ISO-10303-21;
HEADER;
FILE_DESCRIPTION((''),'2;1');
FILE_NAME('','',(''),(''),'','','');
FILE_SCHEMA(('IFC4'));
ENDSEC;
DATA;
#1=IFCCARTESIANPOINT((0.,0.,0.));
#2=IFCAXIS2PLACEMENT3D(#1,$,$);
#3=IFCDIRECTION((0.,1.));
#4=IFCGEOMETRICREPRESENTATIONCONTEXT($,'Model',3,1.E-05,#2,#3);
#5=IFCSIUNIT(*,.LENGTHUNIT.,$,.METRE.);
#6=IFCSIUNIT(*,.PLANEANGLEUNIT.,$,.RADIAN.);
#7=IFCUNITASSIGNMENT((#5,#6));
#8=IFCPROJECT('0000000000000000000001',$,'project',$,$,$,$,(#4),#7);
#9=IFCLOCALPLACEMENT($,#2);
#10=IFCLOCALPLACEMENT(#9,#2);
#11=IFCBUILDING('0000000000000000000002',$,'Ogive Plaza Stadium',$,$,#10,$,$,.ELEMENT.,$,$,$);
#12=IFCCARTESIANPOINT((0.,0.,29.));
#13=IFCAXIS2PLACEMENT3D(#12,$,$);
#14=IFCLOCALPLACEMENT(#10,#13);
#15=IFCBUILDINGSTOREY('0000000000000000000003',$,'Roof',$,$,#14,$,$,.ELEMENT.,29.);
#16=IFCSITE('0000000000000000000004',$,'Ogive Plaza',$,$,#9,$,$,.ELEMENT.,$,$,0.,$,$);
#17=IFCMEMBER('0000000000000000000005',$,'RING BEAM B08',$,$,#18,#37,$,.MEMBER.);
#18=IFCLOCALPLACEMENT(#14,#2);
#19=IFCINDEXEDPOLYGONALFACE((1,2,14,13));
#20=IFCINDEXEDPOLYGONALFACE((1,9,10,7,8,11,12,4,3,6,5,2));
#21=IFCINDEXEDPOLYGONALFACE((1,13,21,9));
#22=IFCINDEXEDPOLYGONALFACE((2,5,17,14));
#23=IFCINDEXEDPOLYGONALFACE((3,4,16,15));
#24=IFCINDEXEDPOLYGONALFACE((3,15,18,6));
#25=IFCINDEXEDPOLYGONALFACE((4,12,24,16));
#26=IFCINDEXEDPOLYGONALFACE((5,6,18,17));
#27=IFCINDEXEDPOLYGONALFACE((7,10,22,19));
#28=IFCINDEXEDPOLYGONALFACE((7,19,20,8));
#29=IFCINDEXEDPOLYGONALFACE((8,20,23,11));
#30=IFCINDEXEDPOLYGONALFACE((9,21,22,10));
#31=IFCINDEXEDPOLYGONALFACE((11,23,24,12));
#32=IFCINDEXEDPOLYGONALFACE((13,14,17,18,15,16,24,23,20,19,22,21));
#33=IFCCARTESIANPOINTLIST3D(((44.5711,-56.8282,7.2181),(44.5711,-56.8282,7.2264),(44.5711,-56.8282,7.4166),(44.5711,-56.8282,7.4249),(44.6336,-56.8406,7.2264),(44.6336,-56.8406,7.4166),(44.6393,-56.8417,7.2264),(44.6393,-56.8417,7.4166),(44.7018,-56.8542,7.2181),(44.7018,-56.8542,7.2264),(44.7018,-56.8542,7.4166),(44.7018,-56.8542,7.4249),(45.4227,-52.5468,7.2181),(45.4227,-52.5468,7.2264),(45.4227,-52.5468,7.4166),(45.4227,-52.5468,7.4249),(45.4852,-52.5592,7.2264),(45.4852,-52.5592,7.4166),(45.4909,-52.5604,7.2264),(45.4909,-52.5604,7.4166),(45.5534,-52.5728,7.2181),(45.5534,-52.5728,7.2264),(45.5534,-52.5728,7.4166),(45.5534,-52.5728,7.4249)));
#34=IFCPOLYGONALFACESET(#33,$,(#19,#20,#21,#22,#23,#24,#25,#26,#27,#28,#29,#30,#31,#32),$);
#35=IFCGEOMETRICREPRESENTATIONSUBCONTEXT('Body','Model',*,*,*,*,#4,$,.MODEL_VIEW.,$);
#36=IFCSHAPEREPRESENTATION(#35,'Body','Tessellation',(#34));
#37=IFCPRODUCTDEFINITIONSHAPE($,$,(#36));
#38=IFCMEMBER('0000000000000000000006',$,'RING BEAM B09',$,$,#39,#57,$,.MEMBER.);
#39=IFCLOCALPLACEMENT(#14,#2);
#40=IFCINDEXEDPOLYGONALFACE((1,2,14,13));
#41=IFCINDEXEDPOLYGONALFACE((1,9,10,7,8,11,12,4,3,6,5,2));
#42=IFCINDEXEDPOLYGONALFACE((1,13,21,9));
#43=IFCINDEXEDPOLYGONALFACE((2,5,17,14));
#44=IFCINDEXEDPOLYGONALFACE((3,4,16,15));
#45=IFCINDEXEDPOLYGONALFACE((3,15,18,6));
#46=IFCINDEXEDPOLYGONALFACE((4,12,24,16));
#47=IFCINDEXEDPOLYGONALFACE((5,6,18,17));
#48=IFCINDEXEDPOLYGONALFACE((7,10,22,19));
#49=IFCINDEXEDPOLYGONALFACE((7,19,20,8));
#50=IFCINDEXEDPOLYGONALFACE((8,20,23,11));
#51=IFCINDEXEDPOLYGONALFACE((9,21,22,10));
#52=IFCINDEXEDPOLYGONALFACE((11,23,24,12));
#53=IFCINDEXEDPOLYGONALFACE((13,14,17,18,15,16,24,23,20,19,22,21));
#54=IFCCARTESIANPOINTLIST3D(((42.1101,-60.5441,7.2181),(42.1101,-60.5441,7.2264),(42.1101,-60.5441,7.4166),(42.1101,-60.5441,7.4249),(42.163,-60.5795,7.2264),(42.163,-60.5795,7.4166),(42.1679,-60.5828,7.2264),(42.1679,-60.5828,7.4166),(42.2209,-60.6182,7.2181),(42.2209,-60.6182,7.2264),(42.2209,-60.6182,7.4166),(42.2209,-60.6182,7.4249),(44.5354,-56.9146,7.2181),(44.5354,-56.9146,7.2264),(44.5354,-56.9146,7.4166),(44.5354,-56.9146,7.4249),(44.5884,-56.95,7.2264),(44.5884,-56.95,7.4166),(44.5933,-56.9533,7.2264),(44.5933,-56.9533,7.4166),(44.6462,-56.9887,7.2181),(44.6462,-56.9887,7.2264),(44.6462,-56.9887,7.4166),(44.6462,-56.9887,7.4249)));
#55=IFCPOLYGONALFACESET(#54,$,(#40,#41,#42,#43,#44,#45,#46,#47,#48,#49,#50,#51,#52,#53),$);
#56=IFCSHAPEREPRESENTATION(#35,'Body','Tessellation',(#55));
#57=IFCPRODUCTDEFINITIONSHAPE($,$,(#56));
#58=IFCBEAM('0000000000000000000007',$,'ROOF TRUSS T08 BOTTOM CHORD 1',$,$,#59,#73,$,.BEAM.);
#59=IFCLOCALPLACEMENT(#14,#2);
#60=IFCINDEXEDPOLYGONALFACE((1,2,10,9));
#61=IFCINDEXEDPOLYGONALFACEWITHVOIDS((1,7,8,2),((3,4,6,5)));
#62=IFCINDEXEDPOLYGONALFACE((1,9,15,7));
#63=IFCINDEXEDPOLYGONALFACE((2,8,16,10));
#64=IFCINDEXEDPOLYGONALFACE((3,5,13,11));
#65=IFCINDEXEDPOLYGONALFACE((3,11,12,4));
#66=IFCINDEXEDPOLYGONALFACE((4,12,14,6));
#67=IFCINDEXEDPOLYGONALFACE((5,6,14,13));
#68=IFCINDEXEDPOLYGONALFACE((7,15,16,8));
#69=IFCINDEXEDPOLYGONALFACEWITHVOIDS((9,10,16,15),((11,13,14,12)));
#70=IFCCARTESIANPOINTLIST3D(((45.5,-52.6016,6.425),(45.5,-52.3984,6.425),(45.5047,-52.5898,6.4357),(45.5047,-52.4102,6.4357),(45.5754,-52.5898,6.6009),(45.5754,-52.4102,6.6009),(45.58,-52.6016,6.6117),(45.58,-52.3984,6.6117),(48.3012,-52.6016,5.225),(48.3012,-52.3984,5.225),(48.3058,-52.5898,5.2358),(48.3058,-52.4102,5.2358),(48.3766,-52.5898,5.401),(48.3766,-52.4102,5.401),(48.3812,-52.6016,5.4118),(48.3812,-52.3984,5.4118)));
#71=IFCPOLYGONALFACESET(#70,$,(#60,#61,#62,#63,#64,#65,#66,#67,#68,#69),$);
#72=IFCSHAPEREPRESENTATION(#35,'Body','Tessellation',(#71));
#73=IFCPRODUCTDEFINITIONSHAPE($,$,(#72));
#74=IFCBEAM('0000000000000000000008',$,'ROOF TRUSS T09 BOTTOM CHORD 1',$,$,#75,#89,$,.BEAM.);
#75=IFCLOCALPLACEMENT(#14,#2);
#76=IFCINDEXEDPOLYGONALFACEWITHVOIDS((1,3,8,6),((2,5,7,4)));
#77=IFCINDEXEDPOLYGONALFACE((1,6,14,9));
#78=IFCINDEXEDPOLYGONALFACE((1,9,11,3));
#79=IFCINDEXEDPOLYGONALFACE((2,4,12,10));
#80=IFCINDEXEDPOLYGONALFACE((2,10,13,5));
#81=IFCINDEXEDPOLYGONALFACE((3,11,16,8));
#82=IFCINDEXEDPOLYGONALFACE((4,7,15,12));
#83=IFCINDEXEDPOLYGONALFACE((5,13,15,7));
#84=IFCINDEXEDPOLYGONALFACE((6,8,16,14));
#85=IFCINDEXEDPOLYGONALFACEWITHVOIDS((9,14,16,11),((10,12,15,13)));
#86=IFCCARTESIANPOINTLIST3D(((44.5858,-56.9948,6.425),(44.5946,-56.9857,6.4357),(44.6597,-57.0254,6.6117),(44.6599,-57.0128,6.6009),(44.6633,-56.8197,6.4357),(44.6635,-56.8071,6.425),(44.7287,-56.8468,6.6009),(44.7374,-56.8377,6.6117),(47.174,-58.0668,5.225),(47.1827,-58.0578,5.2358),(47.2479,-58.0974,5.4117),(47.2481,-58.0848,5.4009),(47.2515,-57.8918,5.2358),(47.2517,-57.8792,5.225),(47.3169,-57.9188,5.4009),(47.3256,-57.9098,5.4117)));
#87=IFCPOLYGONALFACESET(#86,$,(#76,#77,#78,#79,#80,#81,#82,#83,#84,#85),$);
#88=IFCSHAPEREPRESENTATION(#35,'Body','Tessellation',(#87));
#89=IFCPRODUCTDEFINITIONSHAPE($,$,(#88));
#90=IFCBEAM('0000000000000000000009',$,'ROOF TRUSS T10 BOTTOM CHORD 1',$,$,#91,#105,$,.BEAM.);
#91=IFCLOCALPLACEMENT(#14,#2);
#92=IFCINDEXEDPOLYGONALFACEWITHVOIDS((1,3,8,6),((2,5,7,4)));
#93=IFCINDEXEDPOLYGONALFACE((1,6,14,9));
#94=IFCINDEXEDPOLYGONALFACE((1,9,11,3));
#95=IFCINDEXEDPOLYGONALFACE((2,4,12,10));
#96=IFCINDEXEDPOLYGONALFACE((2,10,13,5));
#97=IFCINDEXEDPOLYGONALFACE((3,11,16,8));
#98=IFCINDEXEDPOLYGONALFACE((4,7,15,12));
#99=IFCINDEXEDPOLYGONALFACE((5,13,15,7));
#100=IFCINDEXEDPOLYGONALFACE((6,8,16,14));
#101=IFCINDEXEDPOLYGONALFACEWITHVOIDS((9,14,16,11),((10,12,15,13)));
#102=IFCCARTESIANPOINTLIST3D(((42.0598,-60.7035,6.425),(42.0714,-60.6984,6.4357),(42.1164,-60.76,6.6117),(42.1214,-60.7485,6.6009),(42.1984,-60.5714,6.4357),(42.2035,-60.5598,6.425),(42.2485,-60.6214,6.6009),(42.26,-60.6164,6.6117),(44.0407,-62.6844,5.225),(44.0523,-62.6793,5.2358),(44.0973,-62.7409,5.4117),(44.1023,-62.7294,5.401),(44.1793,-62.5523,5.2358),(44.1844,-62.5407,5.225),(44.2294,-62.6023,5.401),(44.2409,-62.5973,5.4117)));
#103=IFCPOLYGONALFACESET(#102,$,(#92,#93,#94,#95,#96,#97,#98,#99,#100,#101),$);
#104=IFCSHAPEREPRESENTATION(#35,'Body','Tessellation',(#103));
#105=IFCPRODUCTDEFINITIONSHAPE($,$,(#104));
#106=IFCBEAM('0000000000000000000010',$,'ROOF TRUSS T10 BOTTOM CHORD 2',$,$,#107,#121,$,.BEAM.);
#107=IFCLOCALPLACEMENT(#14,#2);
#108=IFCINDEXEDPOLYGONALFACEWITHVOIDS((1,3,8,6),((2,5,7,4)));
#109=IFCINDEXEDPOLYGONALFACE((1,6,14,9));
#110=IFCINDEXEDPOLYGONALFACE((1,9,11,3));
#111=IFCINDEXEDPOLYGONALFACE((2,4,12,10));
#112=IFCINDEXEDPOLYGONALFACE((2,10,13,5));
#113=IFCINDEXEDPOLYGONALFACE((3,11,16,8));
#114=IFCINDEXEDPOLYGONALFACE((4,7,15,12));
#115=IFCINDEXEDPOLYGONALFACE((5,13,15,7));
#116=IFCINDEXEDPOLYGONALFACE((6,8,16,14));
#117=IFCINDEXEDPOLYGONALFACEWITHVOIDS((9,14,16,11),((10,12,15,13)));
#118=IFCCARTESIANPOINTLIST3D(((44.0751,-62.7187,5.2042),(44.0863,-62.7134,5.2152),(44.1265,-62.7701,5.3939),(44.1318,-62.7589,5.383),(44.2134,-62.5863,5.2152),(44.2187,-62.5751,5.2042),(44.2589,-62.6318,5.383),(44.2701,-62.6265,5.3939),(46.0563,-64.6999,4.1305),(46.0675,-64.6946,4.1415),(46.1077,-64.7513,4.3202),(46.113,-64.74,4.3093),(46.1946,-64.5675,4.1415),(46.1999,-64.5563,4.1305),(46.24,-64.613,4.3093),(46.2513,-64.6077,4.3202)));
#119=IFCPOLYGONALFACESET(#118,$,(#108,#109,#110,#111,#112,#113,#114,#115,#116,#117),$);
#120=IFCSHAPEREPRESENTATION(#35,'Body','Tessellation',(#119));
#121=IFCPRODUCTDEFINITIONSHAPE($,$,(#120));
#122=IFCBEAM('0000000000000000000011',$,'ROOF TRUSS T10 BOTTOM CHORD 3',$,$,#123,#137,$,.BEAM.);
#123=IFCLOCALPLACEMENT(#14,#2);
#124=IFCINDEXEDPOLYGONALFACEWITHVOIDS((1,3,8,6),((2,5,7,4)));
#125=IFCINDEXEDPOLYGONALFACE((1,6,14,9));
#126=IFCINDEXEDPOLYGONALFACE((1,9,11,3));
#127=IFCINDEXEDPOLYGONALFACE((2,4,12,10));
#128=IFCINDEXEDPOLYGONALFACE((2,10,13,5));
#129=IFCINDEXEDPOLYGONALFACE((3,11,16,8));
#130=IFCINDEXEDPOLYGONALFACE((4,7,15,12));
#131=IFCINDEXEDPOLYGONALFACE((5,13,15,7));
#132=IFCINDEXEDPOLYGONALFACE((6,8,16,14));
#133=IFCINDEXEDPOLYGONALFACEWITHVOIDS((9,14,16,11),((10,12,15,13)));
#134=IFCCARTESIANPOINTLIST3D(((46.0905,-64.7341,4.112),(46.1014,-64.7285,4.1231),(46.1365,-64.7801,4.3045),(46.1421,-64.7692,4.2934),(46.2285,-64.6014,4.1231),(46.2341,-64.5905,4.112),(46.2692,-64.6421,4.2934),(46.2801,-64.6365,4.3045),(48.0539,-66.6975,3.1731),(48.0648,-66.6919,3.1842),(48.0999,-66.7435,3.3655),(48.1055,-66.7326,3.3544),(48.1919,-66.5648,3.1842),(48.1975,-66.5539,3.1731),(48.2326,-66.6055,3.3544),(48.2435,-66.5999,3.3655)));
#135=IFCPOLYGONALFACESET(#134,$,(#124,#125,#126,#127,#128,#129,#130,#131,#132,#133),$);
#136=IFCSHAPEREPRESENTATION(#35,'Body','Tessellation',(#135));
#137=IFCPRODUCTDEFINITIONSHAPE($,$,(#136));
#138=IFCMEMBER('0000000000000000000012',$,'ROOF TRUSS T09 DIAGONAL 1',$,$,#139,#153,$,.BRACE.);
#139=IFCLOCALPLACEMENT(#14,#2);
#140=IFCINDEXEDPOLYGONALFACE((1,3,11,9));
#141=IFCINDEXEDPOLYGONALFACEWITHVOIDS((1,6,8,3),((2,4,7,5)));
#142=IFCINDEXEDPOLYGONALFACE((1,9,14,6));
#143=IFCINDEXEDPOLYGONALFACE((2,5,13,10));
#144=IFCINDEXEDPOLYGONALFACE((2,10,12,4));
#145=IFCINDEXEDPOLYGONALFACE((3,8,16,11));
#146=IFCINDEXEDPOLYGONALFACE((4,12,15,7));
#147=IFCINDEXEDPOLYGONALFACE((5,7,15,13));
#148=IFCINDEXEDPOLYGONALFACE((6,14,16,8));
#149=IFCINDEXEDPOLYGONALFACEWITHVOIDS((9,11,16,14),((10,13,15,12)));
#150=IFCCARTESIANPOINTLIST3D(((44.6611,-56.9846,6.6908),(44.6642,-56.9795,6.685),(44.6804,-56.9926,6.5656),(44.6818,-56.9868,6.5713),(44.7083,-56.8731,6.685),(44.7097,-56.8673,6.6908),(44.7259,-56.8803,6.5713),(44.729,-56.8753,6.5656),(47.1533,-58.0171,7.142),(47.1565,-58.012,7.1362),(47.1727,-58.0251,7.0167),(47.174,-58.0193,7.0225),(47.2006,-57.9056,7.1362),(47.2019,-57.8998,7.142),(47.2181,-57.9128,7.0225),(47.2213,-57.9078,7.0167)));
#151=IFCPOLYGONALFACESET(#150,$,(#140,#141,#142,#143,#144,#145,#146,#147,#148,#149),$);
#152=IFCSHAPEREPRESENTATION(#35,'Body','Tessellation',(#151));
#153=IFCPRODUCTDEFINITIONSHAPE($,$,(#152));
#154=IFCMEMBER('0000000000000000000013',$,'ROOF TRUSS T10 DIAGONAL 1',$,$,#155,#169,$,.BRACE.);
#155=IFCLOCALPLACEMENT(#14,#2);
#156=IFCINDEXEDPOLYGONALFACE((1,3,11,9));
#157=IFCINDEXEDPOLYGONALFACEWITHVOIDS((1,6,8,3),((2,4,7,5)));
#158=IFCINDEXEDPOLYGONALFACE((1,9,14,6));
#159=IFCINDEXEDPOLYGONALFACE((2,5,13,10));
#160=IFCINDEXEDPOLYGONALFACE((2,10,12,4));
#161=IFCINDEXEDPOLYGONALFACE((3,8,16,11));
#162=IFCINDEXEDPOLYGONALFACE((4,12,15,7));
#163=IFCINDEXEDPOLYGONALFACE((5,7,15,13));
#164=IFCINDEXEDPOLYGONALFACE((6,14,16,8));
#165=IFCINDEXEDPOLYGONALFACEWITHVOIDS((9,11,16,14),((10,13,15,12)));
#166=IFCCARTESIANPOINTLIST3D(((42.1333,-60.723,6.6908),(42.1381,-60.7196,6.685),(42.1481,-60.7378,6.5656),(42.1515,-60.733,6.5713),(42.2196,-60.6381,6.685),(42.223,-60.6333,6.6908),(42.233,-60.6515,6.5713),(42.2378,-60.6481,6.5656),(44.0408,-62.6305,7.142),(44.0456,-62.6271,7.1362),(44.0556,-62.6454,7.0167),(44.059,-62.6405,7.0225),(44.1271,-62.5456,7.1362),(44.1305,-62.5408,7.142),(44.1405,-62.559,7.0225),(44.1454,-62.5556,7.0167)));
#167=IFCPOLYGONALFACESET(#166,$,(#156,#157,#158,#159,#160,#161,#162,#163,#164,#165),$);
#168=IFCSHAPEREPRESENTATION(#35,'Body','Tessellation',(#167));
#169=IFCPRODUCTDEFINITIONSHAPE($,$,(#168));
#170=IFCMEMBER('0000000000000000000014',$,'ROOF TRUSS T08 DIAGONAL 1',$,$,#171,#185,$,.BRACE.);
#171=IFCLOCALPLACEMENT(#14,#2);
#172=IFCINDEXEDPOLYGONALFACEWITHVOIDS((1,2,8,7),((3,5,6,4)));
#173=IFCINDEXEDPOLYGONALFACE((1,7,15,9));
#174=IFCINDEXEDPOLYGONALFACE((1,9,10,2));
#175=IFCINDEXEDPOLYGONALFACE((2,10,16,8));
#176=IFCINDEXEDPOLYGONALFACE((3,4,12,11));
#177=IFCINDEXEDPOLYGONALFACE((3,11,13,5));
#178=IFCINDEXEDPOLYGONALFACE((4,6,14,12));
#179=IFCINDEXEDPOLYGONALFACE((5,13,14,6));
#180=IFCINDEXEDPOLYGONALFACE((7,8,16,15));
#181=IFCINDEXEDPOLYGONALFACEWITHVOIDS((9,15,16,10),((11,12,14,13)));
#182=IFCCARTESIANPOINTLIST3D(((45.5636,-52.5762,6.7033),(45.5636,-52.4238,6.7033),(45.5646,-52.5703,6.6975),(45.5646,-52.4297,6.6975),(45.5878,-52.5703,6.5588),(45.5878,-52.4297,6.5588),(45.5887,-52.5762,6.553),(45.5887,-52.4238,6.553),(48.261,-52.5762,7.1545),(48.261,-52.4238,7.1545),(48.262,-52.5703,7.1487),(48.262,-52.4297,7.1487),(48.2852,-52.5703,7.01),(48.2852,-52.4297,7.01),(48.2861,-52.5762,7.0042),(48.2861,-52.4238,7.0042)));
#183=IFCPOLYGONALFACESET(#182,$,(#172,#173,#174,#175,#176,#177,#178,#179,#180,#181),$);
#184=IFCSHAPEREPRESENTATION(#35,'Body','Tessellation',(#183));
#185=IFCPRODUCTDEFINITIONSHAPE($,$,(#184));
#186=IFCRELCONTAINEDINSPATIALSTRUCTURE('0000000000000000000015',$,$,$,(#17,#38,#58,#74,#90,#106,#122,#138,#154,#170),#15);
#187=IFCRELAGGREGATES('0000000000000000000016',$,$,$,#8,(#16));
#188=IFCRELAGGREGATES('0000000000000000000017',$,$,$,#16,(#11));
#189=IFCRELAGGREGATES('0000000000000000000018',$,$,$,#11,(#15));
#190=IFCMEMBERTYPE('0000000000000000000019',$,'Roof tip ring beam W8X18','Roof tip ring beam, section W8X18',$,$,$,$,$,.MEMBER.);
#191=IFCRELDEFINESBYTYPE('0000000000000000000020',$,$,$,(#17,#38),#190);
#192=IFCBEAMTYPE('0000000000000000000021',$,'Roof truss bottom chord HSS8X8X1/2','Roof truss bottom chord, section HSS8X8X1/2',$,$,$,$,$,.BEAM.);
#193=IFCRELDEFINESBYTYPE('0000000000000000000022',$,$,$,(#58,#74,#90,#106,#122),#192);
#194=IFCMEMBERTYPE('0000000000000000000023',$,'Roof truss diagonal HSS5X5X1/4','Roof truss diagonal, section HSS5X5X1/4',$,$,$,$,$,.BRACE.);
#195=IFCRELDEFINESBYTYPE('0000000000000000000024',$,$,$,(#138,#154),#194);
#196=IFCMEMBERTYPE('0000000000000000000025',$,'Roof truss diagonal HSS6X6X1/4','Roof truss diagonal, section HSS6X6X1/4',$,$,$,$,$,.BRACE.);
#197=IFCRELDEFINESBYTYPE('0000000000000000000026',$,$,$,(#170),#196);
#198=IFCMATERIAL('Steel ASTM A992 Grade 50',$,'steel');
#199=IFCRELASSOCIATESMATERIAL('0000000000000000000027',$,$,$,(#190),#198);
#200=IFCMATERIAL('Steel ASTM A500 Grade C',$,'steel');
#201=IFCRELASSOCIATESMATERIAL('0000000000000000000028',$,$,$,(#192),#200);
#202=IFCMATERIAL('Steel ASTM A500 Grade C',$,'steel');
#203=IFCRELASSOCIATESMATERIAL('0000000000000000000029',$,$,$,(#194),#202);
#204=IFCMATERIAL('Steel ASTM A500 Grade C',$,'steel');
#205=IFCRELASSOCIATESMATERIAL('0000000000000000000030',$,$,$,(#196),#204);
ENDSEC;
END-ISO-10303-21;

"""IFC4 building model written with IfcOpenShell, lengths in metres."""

from ifc_helpers import new_model, si_unit, direction, frame, origin, origin_2d, place, context, subcontext, project, spatial, hollow_rectangle, i_section, extrude, material, material_profile, profile_set, type_object, element, save


model = new_model("IFC4")

# Units and contexts
model_context = context("Model", 3, precision=1e-05, world=origin(), true_north=direction((0.0, 1.0)))
body_context = subcontext(model_context, "Body", "Model", "MODEL_VIEW")
ifc_project = project(units=[si_unit("LENGTHUNIT", "METRE"), si_unit("PLANEANGLEUNIT", "RADIAN")], contexts=[model_context])

# Site, building, storey
site_placement = place(None, origin())
site = spatial("IfcSite", under=ifc_project, at=site_placement, Name="Ogive Plaza", CompositionType="ELEMENT", RefElevation=0.0)
building_placement = place(site_placement, origin())
building = spatial("IfcBuilding", under=site, at=building_placement, Name="Ogive Plaza Stadium", CompositionType="ELEMENT")
storey_placement = place(building_placement, frame((0.0, 0.0, 29.0)))
storey = spatial("IfcBuildingStorey", under=building, at=storey_placement, Name="Roof", CompositionType="ELEMENT", Elevation=29.0)

# Members
ifc_material_1 = material(Name="Steel ASTM A992 Grade 50", Category="steel")
ifc_material_profile_1 = material_profile(ifc_material_1, i_section(OverallWidth=0.1333, OverallDepth=0.2068, WebThickness=0.0059, FlangeThickness=0.0083, at=origin_2d()), Name="W8X18")
ifc_profile_set_1 = profile_set([ifc_material_profile_1], Name="Steel ASTM A992 Grade 50")
member_type_1 = type_object("IfcMemberType", Name="Roof tip ring beam W8X18", Description="Roof tip ring beam, section W8X18", PredefinedType="MEMBER", material=ifc_profile_set_1)
for number, where, z_axis, x_axis, name in (
    (1, (45.488, -52.5598, 7.3215), (-0.195083, -0.980787, 0.0), (0.980787, -0.195083, 0.0), "RING BEAM B08"),
    (2, (44.5908, -56.9517, 7.3215), (-0.555603, -0.831447, 0.0), (0.831447, -0.555603, 0.0), "RING BEAM B09"),
):
    element("IfcMember", number, at=place(storey_placement, frame(where, z_axis=z_axis, x_axis=x_axis)), inside=storey, type_object=member_type_1, Name=name, PredefinedType="MEMBER", context=body_context, shape_type="SweptSolid", body=[
        extrude(i_section(OverallWidth=0.1333, OverallDepth=0.2068, WebThickness=0.0059, FlangeThickness=0.0083, at=origin_2d()), origin(), (0.0, 0.0, 1.0), 4.3652),
    ])

# Beams
ifc_material_2 = material(Name="Steel ASTM A500 Grade C", Category="steel")
ifc_material_profile_2 = material_profile(ifc_material_2, hollow_rectangle(XDim=0.2031, YDim=0.2031, WallThickness=0.0117, at=origin_2d()), Name="HSS8X8X1/2")
ifc_profile_set_2 = profile_set([ifc_material_profile_2], Name="Steel ASTM A500 Grade C")
beam_type_1 = type_object("IfcBeamType", Name="Roof truss bottom chord HSS8X8X1/2", Description="Roof truss bottom chord, section HSS8X8X1/2", PredefinedType="BEAM", material=ifc_profile_set_2)
beam_1_placement = place(storey_placement, frame((45.54, -52.5, 6.5183), z_axis=(0.919215, 0.0, -0.393755), x_axis=(0.0, 1.0, 0.0)))
element("IfcBeam", 3, at=beam_1_placement, inside=storey, type_object=beam_type_1, Name="ROOF TRUSS T08 BOTTOM CHORD 1", PredefinedType="BEAM", context=body_context, shape_type="SweptSolid", body=[
    extrude(hollow_rectangle(XDim=0.2031, YDim=0.2031, WallThickness=0.0117, at=origin_2d()), origin(), (0.0, 0.0, 1.0), 3.0474),
])
for number, where, z_axis, x_axis, name in (
    (4, (44.6616, -56.9163, 6.5183), (0.849251, -0.351765, -0.393743), (0.382678, 0.923882, 0.0), "ROOF TRUSS T09 BOTTOM CHORD 1"),
    (5, (42.1599, -60.6599, 6.5183), (0.649992, -0.649992, -0.393728), (0.707107, 0.707107, 0.0), "ROOF TRUSS T10 BOTTOM CHORD 1"),
):
    element("IfcBeam", number, at=place(storey_placement, frame(where, z_axis=z_axis, x_axis=x_axis)), inside=storey, type_object=beam_type_1, Name=name, PredefinedType="BEAM", context=body_context, shape_type="SweptSolid", body=[
        extrude(hollow_rectangle(XDim=0.2031, YDim=0.2031, WallThickness=0.0117, at=origin_2d()), origin(), (0.0, 0.0, 1.0), 3.0476),
    ])
beam_2_placement = place(storey_placement, frame((44.1726, -62.6726, 5.2991), z_axis=(0.660283, -0.660283, -0.357846), x_axis=(0.707107, 0.707107, 0.0)))
element("IfcBeam", 6, at=beam_2_placement, inside=storey, type_object=beam_type_1, Name="ROOF TRUSS T10 BOTTOM CHORD 2", PredefinedType="BEAM", context=body_context, shape_type="SweptSolid", body=[
    extrude(hollow_rectangle(XDim=0.2031, YDim=0.2031, WallThickness=0.0117, at=origin_2d()), origin(), (0.0, 0.0, 1.0), 3.0005),
])
beam_3_placement = place(storey_placement, frame((46.1853, -64.6853, 4.2083), z_axis=(0.669843, -0.669843, -0.320345), x_axis=(0.707107, 0.707107, 0.0)))
element("IfcBeam", 7, at=beam_3_placement, inside=storey, type_object=beam_type_1, Name="ROOF TRUSS T10 BOTTOM CHORD 3", PredefinedType="BEAM", context=body_context, shape_type="SweptSolid", body=[
    extrude(hollow_rectangle(XDim=0.2031, YDim=0.2031, WallThickness=0.0117, at=origin_2d()), origin(), (0.0, 0.0, 1.0), 2.9312),
])

# Members
ifc_material_3 = material(Name="Steel ASTM A500 Grade C", Category="steel")
ifc_material_profile_3 = material_profile(ifc_material_3, hollow_rectangle(XDim=0.127, YDim=0.127, WallThickness=0.0059, at=origin_2d()), Name="HSS5X5X1/4")
ifc_profile_set_3 = profile_set([ifc_material_profile_3], Name="Steel ASTM A500 Grade C")
member_type_2 = type_object("IfcMemberType", Name="Roof truss diagonal HSS5X5X1/4", Description="Roof truss diagonal, section HSS5X5X1/4", PredefinedType="BRACE", material=ifc_profile_set_3)
for number, where, z_axis, x_axis, name in (
    (8, (44.6951, -56.9299, 6.6282), (0.9112, -0.377495, 0.164959), (0.382738, 0.923857, 0.0), "ROOF TRUSS T09 DIAGONAL 1"),
    (9, (42.1855, -60.6855, 6.6282), (0.69742, -0.69742, 0.16496), (0.707107, 0.707107, 0.0), "ROOF TRUSS T10 DIAGONAL 1"),
):
    element("IfcMember", number, at=place(storey_placement, frame(where, z_axis=z_axis, x_axis=x_axis)), inside=storey, type_object=member_type_2, Name=name, PredefinedType="BRACE", context=body_context, shape_type="SweptSolid", body=[
        extrude(hollow_rectangle(XDim=0.127, YDim=0.127, WallThickness=0.0059, at=origin_2d()), origin(), (0.0, 0.0, 1.0), 2.7351),
    ])
ifc_material_4 = material(Name="Steel ASTM A500 Grade C", Category="steel")
ifc_material_profile_4 = material_profile(ifc_material_4, hollow_rectangle(XDim=0.1523, YDim=0.1523, WallThickness=0.0059, at=origin_2d()), Name="HSS6X6X1/4")
ifc_profile_set_4 = profile_set([ifc_material_profile_4], Name="Steel ASTM A500 Grade C")
member_type_3 = type_object("IfcMemberType", Name="Roof truss diagonal HSS6X6X1/4", Description="Roof truss diagonal, section HSS6X6X1/4", PredefinedType="BRACE", material=ifc_profile_set_4)
member_1_placement = place(storey_placement, frame((45.5762, -52.5, 6.6282), z_axis=(0.9863, 0.0, 0.164964), x_axis=(0.0, 1.0, 0.0)))
element("IfcMember", 10, at=member_1_placement, inside=storey, type_object=member_type_3, Name="ROOF TRUSS T08 DIAGONAL 1", PredefinedType="BRACE", context=body_context, shape_type="SweptSolid", body=[
    extrude(hollow_rectangle(XDim=0.1523, YDim=0.1523, WallThickness=0.0059, at=origin_2d()), origin(), (0.0, 0.0, 1.0), 2.7349),
])

save(model, "model.ifc")
